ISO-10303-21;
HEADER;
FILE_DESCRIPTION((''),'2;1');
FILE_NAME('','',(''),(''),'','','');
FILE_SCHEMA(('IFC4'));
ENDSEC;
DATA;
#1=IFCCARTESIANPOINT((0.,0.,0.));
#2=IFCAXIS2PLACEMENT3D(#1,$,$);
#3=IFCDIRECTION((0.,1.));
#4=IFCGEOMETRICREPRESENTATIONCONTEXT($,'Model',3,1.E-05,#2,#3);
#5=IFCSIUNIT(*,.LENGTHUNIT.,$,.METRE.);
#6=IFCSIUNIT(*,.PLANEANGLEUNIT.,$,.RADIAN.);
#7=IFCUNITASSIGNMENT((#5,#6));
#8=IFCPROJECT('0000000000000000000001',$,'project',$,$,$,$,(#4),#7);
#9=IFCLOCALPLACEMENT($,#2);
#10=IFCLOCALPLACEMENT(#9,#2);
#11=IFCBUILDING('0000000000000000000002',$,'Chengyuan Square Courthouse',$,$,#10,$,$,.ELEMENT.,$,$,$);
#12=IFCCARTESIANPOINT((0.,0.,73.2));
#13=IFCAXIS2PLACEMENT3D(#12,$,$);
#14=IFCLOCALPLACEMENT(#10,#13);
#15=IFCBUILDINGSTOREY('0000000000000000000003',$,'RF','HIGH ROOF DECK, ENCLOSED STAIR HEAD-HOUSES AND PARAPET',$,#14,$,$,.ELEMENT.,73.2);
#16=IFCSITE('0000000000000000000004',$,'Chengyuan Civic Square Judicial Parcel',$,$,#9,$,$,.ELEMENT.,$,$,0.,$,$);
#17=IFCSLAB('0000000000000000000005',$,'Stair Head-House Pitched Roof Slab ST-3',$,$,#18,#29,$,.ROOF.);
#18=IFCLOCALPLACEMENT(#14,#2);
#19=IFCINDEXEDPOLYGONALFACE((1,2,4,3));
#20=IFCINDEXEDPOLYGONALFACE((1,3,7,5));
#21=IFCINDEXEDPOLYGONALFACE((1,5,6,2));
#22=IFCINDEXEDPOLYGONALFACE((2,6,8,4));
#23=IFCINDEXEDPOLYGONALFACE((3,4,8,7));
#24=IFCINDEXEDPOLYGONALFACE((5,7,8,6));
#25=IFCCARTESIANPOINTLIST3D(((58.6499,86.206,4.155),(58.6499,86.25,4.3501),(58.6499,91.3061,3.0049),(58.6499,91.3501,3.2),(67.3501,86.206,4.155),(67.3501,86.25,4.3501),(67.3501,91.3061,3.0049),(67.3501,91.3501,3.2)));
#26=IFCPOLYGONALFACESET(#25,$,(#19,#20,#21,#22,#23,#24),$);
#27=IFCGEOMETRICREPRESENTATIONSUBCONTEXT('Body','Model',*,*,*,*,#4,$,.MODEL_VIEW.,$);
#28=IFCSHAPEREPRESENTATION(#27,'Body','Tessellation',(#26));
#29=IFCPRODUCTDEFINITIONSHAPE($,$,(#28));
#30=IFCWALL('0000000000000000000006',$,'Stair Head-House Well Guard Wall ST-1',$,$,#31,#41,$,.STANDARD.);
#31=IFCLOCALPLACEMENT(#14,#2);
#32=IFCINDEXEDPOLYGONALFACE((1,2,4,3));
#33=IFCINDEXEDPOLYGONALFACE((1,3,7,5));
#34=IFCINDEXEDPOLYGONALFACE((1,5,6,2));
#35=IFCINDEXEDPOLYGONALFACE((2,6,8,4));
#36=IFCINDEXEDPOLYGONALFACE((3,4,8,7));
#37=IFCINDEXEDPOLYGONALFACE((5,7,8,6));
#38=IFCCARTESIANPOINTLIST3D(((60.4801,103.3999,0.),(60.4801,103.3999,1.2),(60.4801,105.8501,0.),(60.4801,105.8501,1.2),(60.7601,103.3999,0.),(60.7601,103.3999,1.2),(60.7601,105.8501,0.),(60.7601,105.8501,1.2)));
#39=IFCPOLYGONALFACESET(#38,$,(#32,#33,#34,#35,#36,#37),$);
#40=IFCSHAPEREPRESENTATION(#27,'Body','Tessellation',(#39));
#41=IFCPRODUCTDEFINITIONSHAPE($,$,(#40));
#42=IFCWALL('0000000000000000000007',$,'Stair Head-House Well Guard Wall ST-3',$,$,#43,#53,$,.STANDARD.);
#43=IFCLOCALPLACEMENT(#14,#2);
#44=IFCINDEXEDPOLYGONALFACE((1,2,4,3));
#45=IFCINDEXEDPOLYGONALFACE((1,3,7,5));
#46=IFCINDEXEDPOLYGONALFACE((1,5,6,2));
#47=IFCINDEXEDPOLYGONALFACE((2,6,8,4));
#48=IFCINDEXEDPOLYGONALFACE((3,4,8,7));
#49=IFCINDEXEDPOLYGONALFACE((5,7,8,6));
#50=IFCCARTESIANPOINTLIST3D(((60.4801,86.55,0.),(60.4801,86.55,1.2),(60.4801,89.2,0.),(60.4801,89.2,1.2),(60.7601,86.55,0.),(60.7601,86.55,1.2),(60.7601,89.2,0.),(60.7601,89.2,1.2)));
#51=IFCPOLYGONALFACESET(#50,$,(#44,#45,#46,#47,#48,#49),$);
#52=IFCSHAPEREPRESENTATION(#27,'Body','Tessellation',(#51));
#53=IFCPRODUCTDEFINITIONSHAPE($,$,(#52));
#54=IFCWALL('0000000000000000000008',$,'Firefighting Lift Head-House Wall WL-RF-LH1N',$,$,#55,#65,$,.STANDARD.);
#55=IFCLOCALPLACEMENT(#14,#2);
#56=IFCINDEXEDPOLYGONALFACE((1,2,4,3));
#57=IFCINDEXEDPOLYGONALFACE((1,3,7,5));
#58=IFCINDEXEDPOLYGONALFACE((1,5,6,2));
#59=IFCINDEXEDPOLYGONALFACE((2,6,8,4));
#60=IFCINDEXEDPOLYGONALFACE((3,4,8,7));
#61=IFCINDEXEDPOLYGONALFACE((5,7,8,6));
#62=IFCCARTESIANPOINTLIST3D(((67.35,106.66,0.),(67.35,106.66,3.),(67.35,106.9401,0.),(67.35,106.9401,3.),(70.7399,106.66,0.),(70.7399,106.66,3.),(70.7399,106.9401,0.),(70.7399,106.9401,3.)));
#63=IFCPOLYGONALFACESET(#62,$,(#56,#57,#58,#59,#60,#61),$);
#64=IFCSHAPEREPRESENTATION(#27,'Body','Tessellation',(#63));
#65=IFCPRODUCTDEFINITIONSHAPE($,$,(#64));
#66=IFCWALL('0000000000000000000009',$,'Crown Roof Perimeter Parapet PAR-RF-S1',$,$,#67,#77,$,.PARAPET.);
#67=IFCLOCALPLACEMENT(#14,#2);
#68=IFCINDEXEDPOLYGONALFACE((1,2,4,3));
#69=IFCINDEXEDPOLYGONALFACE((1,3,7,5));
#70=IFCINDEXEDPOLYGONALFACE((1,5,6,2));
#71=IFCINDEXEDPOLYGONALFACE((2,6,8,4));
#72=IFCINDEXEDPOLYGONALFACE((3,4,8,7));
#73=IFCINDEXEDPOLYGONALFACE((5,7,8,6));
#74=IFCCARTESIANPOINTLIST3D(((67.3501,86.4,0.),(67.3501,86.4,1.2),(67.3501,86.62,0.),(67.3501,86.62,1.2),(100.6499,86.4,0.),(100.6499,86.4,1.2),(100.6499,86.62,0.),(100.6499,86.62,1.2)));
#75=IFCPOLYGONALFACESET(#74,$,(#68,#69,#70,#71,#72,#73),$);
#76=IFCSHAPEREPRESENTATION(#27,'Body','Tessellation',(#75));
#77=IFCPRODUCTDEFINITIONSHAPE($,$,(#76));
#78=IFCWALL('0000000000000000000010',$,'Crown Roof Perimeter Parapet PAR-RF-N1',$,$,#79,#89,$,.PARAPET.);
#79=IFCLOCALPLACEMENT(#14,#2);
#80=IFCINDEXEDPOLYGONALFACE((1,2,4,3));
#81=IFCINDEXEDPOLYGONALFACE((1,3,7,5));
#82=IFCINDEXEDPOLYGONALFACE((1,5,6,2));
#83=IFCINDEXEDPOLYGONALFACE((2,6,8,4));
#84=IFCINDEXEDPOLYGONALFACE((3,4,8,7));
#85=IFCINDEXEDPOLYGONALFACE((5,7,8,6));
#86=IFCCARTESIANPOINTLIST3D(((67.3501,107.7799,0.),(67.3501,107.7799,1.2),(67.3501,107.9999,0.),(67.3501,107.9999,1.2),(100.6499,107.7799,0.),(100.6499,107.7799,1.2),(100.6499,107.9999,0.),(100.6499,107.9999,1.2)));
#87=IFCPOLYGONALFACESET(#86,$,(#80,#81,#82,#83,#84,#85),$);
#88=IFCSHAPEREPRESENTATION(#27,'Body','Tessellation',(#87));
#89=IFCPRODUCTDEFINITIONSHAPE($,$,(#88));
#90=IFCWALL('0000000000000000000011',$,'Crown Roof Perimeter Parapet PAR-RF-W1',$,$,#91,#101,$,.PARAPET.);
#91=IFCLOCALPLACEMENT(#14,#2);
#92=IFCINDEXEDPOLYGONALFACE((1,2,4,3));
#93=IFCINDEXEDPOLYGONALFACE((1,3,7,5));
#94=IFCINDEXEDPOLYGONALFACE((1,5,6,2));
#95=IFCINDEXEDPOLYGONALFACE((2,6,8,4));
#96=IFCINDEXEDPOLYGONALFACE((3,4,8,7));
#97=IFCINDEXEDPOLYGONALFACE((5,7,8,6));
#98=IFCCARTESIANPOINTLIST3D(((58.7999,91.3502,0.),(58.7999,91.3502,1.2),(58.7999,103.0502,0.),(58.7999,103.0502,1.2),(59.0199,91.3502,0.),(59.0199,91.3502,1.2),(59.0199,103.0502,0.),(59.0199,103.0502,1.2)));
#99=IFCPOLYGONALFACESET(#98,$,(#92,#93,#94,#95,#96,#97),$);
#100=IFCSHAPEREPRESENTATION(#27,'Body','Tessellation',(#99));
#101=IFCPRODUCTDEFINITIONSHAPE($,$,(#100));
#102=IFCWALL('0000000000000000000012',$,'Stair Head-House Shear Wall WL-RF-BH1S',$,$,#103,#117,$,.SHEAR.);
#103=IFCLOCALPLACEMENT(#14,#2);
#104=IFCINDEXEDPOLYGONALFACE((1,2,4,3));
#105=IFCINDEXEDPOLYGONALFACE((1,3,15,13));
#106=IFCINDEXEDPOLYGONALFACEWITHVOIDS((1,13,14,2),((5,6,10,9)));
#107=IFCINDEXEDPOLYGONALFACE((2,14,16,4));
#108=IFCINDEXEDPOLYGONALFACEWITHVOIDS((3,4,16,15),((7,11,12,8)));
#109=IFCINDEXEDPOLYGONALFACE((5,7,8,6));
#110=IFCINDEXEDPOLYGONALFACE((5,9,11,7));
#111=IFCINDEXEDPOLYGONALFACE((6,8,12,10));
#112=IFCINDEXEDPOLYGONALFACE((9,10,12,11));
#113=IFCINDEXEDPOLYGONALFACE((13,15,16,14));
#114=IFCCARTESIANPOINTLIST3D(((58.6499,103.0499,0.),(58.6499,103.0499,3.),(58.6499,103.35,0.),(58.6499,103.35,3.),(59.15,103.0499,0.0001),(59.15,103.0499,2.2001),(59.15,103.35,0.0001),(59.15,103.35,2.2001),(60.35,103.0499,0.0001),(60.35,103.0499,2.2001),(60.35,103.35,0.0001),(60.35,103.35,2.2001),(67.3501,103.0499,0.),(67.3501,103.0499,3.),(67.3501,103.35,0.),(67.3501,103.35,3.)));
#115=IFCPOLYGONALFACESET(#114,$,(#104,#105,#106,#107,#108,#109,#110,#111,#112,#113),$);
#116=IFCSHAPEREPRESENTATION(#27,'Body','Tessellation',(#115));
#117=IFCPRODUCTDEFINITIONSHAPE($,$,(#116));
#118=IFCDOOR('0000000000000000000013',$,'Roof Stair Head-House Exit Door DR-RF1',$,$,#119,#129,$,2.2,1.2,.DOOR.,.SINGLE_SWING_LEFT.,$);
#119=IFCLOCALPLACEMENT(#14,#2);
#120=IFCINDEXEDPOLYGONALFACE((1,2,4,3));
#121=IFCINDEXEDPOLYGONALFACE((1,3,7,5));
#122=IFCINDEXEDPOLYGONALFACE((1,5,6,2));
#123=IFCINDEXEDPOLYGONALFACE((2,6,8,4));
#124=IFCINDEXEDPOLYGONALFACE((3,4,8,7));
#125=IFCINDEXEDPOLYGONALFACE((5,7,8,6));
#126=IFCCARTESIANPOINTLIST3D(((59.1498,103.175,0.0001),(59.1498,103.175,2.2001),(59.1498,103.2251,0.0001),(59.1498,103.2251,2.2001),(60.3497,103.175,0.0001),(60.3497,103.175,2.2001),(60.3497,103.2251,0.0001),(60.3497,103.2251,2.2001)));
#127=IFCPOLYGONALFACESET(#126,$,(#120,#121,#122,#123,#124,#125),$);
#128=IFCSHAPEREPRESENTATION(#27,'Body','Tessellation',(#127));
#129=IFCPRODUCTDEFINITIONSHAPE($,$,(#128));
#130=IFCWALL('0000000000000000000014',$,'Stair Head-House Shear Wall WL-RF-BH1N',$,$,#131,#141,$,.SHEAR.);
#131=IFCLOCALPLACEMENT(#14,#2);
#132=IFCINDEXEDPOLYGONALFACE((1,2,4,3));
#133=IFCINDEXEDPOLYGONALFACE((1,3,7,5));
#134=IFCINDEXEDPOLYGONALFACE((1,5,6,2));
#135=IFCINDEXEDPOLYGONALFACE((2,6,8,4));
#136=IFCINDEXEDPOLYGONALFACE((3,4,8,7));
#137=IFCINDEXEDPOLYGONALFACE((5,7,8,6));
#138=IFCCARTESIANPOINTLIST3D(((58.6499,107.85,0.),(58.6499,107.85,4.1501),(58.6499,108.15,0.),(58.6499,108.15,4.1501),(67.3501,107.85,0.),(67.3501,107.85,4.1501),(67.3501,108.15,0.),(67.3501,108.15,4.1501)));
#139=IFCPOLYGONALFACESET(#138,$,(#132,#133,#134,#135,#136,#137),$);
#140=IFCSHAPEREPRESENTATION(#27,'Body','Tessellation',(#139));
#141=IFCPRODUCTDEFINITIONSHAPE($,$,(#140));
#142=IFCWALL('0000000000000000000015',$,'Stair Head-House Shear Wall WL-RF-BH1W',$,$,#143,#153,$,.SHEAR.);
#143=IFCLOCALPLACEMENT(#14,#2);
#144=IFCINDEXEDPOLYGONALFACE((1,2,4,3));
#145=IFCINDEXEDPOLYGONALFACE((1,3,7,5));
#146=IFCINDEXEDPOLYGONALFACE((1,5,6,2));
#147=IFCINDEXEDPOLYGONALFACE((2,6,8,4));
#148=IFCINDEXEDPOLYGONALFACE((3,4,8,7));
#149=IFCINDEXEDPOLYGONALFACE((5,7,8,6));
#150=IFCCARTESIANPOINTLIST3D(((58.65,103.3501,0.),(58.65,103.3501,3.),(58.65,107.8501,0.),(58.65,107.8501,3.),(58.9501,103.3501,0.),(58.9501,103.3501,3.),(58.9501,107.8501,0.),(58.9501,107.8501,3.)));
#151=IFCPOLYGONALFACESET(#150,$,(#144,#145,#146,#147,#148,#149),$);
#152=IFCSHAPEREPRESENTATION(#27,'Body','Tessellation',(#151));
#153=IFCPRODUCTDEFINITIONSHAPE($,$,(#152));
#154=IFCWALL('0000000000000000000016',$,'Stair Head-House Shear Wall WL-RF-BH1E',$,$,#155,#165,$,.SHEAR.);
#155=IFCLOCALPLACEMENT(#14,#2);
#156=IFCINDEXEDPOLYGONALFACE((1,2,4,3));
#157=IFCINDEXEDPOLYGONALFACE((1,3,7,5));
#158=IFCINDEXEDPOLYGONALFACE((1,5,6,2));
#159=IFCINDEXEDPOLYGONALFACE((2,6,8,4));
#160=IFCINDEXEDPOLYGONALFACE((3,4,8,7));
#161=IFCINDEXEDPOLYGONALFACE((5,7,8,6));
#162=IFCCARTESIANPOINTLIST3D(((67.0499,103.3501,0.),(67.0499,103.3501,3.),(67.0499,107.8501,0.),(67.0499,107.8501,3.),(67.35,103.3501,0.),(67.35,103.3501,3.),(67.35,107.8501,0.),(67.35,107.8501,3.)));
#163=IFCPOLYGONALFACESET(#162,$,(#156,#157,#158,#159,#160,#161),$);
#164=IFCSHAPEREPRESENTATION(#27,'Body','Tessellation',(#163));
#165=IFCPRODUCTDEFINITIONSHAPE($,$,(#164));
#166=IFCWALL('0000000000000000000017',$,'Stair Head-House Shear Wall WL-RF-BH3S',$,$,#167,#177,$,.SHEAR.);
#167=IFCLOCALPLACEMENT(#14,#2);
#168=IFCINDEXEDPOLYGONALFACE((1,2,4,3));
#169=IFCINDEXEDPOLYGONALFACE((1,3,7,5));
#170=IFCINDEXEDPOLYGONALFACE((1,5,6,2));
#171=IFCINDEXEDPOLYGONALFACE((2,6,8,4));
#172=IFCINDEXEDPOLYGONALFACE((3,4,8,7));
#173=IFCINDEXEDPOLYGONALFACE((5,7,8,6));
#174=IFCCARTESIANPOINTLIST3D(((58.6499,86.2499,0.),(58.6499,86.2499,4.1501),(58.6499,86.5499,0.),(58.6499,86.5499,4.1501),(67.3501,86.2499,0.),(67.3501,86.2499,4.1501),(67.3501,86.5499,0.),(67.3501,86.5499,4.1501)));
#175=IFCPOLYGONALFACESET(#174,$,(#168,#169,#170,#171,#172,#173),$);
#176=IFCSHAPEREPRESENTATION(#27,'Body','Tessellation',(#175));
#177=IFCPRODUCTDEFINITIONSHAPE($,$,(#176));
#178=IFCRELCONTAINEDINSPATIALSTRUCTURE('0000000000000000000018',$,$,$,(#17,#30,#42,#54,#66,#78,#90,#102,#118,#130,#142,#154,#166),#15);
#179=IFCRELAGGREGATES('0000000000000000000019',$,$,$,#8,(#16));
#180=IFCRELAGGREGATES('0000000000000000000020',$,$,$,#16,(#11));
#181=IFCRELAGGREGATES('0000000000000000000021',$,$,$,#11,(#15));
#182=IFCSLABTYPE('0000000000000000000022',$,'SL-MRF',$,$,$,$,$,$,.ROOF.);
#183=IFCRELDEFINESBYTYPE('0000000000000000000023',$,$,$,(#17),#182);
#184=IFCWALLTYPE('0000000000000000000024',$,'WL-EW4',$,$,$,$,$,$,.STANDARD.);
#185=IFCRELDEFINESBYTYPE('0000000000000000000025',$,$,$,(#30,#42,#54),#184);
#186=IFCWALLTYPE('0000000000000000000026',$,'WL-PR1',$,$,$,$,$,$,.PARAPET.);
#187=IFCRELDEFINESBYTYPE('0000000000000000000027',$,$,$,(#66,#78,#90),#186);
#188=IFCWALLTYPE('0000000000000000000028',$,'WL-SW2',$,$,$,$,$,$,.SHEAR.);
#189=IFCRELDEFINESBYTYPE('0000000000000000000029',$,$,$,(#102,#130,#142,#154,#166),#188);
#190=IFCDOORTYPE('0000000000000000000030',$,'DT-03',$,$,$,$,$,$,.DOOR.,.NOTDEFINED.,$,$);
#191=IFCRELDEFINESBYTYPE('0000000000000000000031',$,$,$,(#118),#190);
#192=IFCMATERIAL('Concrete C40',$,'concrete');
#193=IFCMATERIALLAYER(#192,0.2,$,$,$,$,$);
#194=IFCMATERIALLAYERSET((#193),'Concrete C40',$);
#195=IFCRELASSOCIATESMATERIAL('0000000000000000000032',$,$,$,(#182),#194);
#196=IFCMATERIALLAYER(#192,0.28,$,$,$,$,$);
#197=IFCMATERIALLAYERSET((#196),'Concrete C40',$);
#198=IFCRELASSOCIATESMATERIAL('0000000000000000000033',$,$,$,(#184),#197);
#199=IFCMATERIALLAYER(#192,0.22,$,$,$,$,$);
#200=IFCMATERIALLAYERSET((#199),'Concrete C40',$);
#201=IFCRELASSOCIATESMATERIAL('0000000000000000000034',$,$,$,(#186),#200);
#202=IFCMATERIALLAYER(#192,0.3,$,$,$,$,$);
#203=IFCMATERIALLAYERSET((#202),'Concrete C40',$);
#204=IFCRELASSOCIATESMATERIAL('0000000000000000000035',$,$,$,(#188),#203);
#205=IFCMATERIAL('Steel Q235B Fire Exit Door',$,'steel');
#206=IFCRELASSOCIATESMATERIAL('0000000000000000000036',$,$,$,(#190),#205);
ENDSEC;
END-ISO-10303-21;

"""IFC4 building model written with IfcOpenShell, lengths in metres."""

from ifc_helpers import new_model, si_unit, direction, frame, frame_2d, origin, place, context, subcontext, project, spatial, polyline, rectangle, outline, extrude, material, layer, layer_set, type_object, element, fill, save


model = new_model("IFC4")

# Units and contexts
model_context = context("Model", 3, precision=1e-05, world=origin(), true_north=direction((0.0, 1.0)))
body_context = subcontext(model_context, "Body", "Model", "MODEL_VIEW")
ifc_project = project(units=[si_unit("LENGTHUNIT", "METRE"), si_unit("PLANEANGLEUNIT", "RADIAN")], contexts=[model_context])

# Site, building, storey
site_placement = place(None, origin())
site = spatial("IfcSite", under=ifc_project, at=site_placement, Name="Chengyuan Civic Square Judicial Parcel", CompositionType="ELEMENT", RefElevation=0.0)
building_placement = place(site_placement, origin())
building = spatial("IfcBuilding", under=site, at=building_placement, Name="Chengyuan Square Courthouse", CompositionType="ELEMENT")
storey_placement = place(building_placement, frame((0.0, 0.0, 73.2)))
storey = spatial("IfcBuildingStorey", under=building, at=storey_placement, Name="RF", Description="HIGH ROOF DECK, ENCLOSED STAIR HEAD-HOUSES AND PARAPET", CompositionType="ELEMENT", Elevation=73.2)

# Shared definitions
ifc_material_1 = material(Name="Concrete C40", Category="concrete")

# Slab
ifc_layer_1 = layer(ifc_material_1, 0.2)
ifc_layer_set_1 = layer_set([ifc_layer_1], Name="Concrete C40")
slab_type_1 = type_object("IfcSlabType", Name="SL-MRF", PredefinedType="ROOF", material=ifc_layer_set_1)
slab_1_placement = place(storey_placement, frame((58.6499, 86.25, 4.3501), z_axis=(0.0, 0.21999, 0.975502), x_axis=(1.0, 0.0, 0.0)))
element("IfcSlab", 1, at=slab_1_placement, inside=storey, type_object=slab_type_1, Name="Stair Head-House Pitched Roof Slab ST-3", PredefinedType="ROOF", context=body_context, shape_type="SweptSolid", body=[
    extrude(outline(polyline([(0.0, 0.0), (8.7002, 0.0), (8.7002, 5.2282), (0.0, 5.2282), (0.0, 0.0)])), origin(), (0.0, 0.0, -1.0), 0.2),
])

# Walls
ifc_layer_2 = layer(ifc_material_1, 0.28)
ifc_layer_set_2 = layer_set([ifc_layer_2], Name="Concrete C40")
wall_type_1 = type_object("IfcWallType", Name="WL-EW4", PredefinedType="STANDARD", material=ifc_layer_set_2)
wall_1_placement = place(storey_placement, frame((60.6201, 103.3999, 0.0), z_axis=(0.0, 0.0, 1.0), x_axis=(0.0, 1.0, 0.0)))
element("IfcWall", 2, at=wall_1_placement, inside=storey, type_object=wall_type_1, Name="Stair Head-House Well Guard Wall ST-1", PredefinedType="STANDARD", context=body_context, shape_type="SweptSolid", body=[
    extrude(rectangle(XDim=2.4502, YDim=0.28, at=frame_2d((1.2251, 0.0))), origin(), (0.0, 0.0, 1.0), 1.2),
])
wall_2_placement = place(storey_placement, frame((60.6201, 86.55, 0.0), z_axis=(0.0, 0.0, 1.0), x_axis=(0.0, 1.0, 0.0)))
element("IfcWall", 3, at=wall_2_placement, inside=storey, type_object=wall_type_1, Name="Stair Head-House Well Guard Wall ST-3", PredefinedType="STANDARD", context=body_context, shape_type="SweptSolid", body=[
    extrude(rectangle(XDim=2.6499, YDim=0.28, at=frame_2d((1.325, 0.0))), origin(), (0.0, 0.0, 1.0), 1.2),
])

# Walls
wall_3_placement = place(storey_placement, frame((67.3501, 106.8, 0.0), z_axis=(0.0, 0.0, 1.0), x_axis=(1.0, 0.0, 0.0)))
element("IfcWall", 4, at=wall_3_placement, inside=storey, type_object=wall_type_1, Name="Firefighting Lift Head-House Wall WL-RF-LH1N", PredefinedType="STANDARD", context=body_context, shape_type="SweptSolid", body=[
    extrude(rectangle(XDim=3.3899, YDim=0.28, at=frame_2d((1.6948, 0.0))), origin(), (0.0, 0.0, 1.0), 3.0),
])
ifc_layer_3 = layer(ifc_material_1, 0.22)
ifc_layer_set_3 = layer_set([ifc_layer_3], Name="Concrete C40")
wall_type_2 = type_object("IfcWallType", Name="WL-PR1", PredefinedType="PARAPET", material=ifc_layer_set_3)
for number, where, z_axis, x_axis, name in (
    (5, (67.3501, 86.51, 0.0), (0.0, 0.0, 1.0), (1.0, 0.0, 0.0), "Crown Roof Perimeter Parapet PAR-RF-S1"),
    (6, (67.3501, 107.8899, 0.0), (0.0, 0.0, 1.0), (1.0, 0.0, 0.0), "Crown Roof Perimeter Parapet PAR-RF-N1"),
):
    element("IfcWall", number, at=place(storey_placement, frame(where, z_axis=z_axis, x_axis=x_axis)), inside=storey, type_object=wall_type_2, Name=name, PredefinedType="PARAPET", context=body_context, shape_type="SweptSolid", body=[
        extrude(rectangle(XDim=33.2998, YDim=0.22, at=frame_2d((16.6499, 0.0))), origin(), (0.0, 0.0, 1.0), 1.2),
    ])
wall_4_placement = place(storey_placement, frame((58.9099, 91.3501, 0.0), z_axis=(0.0, 0.0, 1.0), x_axis=(0.0, 1.0, 0.0)))
element("IfcWall", 7, at=wall_4_placement, inside=storey, type_object=wall_type_2, Name="Crown Roof Perimeter Parapet PAR-RF-W1", PredefinedType="PARAPET", context=body_context, shape_type="SweptSolid", body=[
    extrude(rectangle(XDim=11.7, YDim=0.22, at=frame_2d((5.8501, 0.0))), origin(), (0.0, 0.0, 1.0), 1.2),
])

# Wall, opening, door
ifc_layer_4 = layer(ifc_material_1, 0.3)
ifc_layer_set_4 = layer_set([ifc_layer_4], Name="Concrete C40")
wall_type_3 = type_object("IfcWallType", Name="WL-SW2", PredefinedType="SHEAR", material=ifc_layer_set_4)
wall_5_placement = place(storey_placement, frame((58.6499, 103.2, 0.0), z_axis=(0.0, 0.0, 1.0), x_axis=(1.0, 0.0, 0.0)))
wall_5 = element("IfcWall", 8, at=wall_5_placement, inside=storey, type_object=wall_type_3, Name="Stair Head-House Shear Wall WL-RF-BH1S", PredefinedType="SHEAR", context=body_context, shape_type="SweptSolid", body=[
    extrude(rectangle(XDim=8.7002, YDim=0.3, at=frame_2d((4.3501, 0.0))), origin(), (0.0, 0.0, 1.0), 3.0),
])
opening_1_placement = place(wall_5_placement, frame((0.5, 0.0, 0.0)))
opening_1 = element("IfcOpeningElement", 9, at=opening_1_placement, cuts=wall_5, PredefinedType="OPENING", context=body_context, shape_type="SweptSolid", body=[
    extrude(rectangle(XDim=1.2, YDim=2.2, at=frame_2d((0.6001, 1.1001))), frame((0.0, 0.1621, 0.0), z_axis=(0.0, -1.0, 0.0), x_axis=(1.0, 0.0, 0.0)), (0.0, 0.0, 1.0), 0.324),
])
ifc_material_2 = material(Name="Steel Q235B Fire Exit Door", Category="steel")
door_type_1 = type_object("IfcDoorType", Name="DT-03", OperationType="NOTDEFINED", PredefinedType="DOOR", material=ifc_material_2)
door_1_placement = place(opening_1_placement, frame((1.2, 0.0, 0.0), z_axis=(0.0, 0.0, 1.0), x_axis=(-1.0, 0.0, 0.0)))
door_1 = element("IfcDoor", 10, at=door_1_placement, inside=storey, type_object=door_type_1, Name="Roof Stair Head-House Exit Door DR-RF1", OperationType="SINGLE_SWING_LEFT", OverallHeight=2.2, OverallWidth=1.2, PredefinedType="DOOR", context=body_context, shape_type="SweptSolid", body=[
    extrude(rectangle(XDim=1.2, YDim=2.2, at=frame_2d((0.6001, 1.1001))), frame((0.0, 0.0249, 0.0), z_axis=(0.0, -1.0, 0.0), x_axis=(1.0, 0.0, 0.0)), (0.0, 0.0, 1.0), 0.05),
])
fill(opening_1, door_1)

# Walls
wall_6_placement = place(storey_placement, frame((58.6499, 108.0, 0.0), z_axis=(0.0, 0.0, 1.0), x_axis=(1.0, 0.0, 0.0)))
element("IfcWall", 11, at=wall_6_placement, inside=storey, type_object=wall_type_3, Name="Stair Head-House Shear Wall WL-RF-BH1N", PredefinedType="SHEAR", context=body_context, shape_type="SweptSolid", body=[
    extrude(rectangle(XDim=8.7002, YDim=0.3, at=frame_2d((4.3501, 0.0))), origin(), (0.0, 0.0, 1.0), 4.1501),
])
for number, where, z_axis, x_axis, name in (
    (12, (58.8, 103.3501, 0.0), (0.0, 0.0, 1.0), (0.0, 1.0, 0.0), "Stair Head-House Shear Wall WL-RF-BH1W"),
    (13, (67.2, 103.3501, 0.0), (0.0, 0.0, 1.0), (0.0, 1.0, 0.0), "Stair Head-House Shear Wall WL-RF-BH1E"),
):
    element("IfcWall", number, at=place(storey_placement, frame(where, z_axis=z_axis, x_axis=x_axis)), inside=storey, type_object=wall_type_3, Name=name, PredefinedType="SHEAR", context=body_context, shape_type="SweptSolid", body=[
        extrude(rectangle(XDim=4.5, YDim=0.3, at=frame_2d((2.25, 0.0))), origin(), (0.0, 0.0, 1.0), 3.0),
    ])
wall_7_placement = place(storey_placement, frame((58.6499, 86.3999, 0.0), z_axis=(0.0, 0.0, 1.0), x_axis=(1.0, 0.0, 0.0)))
element("IfcWall", 14, at=wall_7_placement, inside=storey, type_object=wall_type_3, Name="Stair Head-House Shear Wall WL-RF-BH3S", PredefinedType="SHEAR", context=body_context, shape_type="SweptSolid", body=[
    extrude(rectangle(XDim=8.7002, YDim=0.3, at=frame_2d((4.3501, 0.0))), origin(), (0.0, 0.0, 1.0), 4.1501),
])

save(model, "model.ifc")
